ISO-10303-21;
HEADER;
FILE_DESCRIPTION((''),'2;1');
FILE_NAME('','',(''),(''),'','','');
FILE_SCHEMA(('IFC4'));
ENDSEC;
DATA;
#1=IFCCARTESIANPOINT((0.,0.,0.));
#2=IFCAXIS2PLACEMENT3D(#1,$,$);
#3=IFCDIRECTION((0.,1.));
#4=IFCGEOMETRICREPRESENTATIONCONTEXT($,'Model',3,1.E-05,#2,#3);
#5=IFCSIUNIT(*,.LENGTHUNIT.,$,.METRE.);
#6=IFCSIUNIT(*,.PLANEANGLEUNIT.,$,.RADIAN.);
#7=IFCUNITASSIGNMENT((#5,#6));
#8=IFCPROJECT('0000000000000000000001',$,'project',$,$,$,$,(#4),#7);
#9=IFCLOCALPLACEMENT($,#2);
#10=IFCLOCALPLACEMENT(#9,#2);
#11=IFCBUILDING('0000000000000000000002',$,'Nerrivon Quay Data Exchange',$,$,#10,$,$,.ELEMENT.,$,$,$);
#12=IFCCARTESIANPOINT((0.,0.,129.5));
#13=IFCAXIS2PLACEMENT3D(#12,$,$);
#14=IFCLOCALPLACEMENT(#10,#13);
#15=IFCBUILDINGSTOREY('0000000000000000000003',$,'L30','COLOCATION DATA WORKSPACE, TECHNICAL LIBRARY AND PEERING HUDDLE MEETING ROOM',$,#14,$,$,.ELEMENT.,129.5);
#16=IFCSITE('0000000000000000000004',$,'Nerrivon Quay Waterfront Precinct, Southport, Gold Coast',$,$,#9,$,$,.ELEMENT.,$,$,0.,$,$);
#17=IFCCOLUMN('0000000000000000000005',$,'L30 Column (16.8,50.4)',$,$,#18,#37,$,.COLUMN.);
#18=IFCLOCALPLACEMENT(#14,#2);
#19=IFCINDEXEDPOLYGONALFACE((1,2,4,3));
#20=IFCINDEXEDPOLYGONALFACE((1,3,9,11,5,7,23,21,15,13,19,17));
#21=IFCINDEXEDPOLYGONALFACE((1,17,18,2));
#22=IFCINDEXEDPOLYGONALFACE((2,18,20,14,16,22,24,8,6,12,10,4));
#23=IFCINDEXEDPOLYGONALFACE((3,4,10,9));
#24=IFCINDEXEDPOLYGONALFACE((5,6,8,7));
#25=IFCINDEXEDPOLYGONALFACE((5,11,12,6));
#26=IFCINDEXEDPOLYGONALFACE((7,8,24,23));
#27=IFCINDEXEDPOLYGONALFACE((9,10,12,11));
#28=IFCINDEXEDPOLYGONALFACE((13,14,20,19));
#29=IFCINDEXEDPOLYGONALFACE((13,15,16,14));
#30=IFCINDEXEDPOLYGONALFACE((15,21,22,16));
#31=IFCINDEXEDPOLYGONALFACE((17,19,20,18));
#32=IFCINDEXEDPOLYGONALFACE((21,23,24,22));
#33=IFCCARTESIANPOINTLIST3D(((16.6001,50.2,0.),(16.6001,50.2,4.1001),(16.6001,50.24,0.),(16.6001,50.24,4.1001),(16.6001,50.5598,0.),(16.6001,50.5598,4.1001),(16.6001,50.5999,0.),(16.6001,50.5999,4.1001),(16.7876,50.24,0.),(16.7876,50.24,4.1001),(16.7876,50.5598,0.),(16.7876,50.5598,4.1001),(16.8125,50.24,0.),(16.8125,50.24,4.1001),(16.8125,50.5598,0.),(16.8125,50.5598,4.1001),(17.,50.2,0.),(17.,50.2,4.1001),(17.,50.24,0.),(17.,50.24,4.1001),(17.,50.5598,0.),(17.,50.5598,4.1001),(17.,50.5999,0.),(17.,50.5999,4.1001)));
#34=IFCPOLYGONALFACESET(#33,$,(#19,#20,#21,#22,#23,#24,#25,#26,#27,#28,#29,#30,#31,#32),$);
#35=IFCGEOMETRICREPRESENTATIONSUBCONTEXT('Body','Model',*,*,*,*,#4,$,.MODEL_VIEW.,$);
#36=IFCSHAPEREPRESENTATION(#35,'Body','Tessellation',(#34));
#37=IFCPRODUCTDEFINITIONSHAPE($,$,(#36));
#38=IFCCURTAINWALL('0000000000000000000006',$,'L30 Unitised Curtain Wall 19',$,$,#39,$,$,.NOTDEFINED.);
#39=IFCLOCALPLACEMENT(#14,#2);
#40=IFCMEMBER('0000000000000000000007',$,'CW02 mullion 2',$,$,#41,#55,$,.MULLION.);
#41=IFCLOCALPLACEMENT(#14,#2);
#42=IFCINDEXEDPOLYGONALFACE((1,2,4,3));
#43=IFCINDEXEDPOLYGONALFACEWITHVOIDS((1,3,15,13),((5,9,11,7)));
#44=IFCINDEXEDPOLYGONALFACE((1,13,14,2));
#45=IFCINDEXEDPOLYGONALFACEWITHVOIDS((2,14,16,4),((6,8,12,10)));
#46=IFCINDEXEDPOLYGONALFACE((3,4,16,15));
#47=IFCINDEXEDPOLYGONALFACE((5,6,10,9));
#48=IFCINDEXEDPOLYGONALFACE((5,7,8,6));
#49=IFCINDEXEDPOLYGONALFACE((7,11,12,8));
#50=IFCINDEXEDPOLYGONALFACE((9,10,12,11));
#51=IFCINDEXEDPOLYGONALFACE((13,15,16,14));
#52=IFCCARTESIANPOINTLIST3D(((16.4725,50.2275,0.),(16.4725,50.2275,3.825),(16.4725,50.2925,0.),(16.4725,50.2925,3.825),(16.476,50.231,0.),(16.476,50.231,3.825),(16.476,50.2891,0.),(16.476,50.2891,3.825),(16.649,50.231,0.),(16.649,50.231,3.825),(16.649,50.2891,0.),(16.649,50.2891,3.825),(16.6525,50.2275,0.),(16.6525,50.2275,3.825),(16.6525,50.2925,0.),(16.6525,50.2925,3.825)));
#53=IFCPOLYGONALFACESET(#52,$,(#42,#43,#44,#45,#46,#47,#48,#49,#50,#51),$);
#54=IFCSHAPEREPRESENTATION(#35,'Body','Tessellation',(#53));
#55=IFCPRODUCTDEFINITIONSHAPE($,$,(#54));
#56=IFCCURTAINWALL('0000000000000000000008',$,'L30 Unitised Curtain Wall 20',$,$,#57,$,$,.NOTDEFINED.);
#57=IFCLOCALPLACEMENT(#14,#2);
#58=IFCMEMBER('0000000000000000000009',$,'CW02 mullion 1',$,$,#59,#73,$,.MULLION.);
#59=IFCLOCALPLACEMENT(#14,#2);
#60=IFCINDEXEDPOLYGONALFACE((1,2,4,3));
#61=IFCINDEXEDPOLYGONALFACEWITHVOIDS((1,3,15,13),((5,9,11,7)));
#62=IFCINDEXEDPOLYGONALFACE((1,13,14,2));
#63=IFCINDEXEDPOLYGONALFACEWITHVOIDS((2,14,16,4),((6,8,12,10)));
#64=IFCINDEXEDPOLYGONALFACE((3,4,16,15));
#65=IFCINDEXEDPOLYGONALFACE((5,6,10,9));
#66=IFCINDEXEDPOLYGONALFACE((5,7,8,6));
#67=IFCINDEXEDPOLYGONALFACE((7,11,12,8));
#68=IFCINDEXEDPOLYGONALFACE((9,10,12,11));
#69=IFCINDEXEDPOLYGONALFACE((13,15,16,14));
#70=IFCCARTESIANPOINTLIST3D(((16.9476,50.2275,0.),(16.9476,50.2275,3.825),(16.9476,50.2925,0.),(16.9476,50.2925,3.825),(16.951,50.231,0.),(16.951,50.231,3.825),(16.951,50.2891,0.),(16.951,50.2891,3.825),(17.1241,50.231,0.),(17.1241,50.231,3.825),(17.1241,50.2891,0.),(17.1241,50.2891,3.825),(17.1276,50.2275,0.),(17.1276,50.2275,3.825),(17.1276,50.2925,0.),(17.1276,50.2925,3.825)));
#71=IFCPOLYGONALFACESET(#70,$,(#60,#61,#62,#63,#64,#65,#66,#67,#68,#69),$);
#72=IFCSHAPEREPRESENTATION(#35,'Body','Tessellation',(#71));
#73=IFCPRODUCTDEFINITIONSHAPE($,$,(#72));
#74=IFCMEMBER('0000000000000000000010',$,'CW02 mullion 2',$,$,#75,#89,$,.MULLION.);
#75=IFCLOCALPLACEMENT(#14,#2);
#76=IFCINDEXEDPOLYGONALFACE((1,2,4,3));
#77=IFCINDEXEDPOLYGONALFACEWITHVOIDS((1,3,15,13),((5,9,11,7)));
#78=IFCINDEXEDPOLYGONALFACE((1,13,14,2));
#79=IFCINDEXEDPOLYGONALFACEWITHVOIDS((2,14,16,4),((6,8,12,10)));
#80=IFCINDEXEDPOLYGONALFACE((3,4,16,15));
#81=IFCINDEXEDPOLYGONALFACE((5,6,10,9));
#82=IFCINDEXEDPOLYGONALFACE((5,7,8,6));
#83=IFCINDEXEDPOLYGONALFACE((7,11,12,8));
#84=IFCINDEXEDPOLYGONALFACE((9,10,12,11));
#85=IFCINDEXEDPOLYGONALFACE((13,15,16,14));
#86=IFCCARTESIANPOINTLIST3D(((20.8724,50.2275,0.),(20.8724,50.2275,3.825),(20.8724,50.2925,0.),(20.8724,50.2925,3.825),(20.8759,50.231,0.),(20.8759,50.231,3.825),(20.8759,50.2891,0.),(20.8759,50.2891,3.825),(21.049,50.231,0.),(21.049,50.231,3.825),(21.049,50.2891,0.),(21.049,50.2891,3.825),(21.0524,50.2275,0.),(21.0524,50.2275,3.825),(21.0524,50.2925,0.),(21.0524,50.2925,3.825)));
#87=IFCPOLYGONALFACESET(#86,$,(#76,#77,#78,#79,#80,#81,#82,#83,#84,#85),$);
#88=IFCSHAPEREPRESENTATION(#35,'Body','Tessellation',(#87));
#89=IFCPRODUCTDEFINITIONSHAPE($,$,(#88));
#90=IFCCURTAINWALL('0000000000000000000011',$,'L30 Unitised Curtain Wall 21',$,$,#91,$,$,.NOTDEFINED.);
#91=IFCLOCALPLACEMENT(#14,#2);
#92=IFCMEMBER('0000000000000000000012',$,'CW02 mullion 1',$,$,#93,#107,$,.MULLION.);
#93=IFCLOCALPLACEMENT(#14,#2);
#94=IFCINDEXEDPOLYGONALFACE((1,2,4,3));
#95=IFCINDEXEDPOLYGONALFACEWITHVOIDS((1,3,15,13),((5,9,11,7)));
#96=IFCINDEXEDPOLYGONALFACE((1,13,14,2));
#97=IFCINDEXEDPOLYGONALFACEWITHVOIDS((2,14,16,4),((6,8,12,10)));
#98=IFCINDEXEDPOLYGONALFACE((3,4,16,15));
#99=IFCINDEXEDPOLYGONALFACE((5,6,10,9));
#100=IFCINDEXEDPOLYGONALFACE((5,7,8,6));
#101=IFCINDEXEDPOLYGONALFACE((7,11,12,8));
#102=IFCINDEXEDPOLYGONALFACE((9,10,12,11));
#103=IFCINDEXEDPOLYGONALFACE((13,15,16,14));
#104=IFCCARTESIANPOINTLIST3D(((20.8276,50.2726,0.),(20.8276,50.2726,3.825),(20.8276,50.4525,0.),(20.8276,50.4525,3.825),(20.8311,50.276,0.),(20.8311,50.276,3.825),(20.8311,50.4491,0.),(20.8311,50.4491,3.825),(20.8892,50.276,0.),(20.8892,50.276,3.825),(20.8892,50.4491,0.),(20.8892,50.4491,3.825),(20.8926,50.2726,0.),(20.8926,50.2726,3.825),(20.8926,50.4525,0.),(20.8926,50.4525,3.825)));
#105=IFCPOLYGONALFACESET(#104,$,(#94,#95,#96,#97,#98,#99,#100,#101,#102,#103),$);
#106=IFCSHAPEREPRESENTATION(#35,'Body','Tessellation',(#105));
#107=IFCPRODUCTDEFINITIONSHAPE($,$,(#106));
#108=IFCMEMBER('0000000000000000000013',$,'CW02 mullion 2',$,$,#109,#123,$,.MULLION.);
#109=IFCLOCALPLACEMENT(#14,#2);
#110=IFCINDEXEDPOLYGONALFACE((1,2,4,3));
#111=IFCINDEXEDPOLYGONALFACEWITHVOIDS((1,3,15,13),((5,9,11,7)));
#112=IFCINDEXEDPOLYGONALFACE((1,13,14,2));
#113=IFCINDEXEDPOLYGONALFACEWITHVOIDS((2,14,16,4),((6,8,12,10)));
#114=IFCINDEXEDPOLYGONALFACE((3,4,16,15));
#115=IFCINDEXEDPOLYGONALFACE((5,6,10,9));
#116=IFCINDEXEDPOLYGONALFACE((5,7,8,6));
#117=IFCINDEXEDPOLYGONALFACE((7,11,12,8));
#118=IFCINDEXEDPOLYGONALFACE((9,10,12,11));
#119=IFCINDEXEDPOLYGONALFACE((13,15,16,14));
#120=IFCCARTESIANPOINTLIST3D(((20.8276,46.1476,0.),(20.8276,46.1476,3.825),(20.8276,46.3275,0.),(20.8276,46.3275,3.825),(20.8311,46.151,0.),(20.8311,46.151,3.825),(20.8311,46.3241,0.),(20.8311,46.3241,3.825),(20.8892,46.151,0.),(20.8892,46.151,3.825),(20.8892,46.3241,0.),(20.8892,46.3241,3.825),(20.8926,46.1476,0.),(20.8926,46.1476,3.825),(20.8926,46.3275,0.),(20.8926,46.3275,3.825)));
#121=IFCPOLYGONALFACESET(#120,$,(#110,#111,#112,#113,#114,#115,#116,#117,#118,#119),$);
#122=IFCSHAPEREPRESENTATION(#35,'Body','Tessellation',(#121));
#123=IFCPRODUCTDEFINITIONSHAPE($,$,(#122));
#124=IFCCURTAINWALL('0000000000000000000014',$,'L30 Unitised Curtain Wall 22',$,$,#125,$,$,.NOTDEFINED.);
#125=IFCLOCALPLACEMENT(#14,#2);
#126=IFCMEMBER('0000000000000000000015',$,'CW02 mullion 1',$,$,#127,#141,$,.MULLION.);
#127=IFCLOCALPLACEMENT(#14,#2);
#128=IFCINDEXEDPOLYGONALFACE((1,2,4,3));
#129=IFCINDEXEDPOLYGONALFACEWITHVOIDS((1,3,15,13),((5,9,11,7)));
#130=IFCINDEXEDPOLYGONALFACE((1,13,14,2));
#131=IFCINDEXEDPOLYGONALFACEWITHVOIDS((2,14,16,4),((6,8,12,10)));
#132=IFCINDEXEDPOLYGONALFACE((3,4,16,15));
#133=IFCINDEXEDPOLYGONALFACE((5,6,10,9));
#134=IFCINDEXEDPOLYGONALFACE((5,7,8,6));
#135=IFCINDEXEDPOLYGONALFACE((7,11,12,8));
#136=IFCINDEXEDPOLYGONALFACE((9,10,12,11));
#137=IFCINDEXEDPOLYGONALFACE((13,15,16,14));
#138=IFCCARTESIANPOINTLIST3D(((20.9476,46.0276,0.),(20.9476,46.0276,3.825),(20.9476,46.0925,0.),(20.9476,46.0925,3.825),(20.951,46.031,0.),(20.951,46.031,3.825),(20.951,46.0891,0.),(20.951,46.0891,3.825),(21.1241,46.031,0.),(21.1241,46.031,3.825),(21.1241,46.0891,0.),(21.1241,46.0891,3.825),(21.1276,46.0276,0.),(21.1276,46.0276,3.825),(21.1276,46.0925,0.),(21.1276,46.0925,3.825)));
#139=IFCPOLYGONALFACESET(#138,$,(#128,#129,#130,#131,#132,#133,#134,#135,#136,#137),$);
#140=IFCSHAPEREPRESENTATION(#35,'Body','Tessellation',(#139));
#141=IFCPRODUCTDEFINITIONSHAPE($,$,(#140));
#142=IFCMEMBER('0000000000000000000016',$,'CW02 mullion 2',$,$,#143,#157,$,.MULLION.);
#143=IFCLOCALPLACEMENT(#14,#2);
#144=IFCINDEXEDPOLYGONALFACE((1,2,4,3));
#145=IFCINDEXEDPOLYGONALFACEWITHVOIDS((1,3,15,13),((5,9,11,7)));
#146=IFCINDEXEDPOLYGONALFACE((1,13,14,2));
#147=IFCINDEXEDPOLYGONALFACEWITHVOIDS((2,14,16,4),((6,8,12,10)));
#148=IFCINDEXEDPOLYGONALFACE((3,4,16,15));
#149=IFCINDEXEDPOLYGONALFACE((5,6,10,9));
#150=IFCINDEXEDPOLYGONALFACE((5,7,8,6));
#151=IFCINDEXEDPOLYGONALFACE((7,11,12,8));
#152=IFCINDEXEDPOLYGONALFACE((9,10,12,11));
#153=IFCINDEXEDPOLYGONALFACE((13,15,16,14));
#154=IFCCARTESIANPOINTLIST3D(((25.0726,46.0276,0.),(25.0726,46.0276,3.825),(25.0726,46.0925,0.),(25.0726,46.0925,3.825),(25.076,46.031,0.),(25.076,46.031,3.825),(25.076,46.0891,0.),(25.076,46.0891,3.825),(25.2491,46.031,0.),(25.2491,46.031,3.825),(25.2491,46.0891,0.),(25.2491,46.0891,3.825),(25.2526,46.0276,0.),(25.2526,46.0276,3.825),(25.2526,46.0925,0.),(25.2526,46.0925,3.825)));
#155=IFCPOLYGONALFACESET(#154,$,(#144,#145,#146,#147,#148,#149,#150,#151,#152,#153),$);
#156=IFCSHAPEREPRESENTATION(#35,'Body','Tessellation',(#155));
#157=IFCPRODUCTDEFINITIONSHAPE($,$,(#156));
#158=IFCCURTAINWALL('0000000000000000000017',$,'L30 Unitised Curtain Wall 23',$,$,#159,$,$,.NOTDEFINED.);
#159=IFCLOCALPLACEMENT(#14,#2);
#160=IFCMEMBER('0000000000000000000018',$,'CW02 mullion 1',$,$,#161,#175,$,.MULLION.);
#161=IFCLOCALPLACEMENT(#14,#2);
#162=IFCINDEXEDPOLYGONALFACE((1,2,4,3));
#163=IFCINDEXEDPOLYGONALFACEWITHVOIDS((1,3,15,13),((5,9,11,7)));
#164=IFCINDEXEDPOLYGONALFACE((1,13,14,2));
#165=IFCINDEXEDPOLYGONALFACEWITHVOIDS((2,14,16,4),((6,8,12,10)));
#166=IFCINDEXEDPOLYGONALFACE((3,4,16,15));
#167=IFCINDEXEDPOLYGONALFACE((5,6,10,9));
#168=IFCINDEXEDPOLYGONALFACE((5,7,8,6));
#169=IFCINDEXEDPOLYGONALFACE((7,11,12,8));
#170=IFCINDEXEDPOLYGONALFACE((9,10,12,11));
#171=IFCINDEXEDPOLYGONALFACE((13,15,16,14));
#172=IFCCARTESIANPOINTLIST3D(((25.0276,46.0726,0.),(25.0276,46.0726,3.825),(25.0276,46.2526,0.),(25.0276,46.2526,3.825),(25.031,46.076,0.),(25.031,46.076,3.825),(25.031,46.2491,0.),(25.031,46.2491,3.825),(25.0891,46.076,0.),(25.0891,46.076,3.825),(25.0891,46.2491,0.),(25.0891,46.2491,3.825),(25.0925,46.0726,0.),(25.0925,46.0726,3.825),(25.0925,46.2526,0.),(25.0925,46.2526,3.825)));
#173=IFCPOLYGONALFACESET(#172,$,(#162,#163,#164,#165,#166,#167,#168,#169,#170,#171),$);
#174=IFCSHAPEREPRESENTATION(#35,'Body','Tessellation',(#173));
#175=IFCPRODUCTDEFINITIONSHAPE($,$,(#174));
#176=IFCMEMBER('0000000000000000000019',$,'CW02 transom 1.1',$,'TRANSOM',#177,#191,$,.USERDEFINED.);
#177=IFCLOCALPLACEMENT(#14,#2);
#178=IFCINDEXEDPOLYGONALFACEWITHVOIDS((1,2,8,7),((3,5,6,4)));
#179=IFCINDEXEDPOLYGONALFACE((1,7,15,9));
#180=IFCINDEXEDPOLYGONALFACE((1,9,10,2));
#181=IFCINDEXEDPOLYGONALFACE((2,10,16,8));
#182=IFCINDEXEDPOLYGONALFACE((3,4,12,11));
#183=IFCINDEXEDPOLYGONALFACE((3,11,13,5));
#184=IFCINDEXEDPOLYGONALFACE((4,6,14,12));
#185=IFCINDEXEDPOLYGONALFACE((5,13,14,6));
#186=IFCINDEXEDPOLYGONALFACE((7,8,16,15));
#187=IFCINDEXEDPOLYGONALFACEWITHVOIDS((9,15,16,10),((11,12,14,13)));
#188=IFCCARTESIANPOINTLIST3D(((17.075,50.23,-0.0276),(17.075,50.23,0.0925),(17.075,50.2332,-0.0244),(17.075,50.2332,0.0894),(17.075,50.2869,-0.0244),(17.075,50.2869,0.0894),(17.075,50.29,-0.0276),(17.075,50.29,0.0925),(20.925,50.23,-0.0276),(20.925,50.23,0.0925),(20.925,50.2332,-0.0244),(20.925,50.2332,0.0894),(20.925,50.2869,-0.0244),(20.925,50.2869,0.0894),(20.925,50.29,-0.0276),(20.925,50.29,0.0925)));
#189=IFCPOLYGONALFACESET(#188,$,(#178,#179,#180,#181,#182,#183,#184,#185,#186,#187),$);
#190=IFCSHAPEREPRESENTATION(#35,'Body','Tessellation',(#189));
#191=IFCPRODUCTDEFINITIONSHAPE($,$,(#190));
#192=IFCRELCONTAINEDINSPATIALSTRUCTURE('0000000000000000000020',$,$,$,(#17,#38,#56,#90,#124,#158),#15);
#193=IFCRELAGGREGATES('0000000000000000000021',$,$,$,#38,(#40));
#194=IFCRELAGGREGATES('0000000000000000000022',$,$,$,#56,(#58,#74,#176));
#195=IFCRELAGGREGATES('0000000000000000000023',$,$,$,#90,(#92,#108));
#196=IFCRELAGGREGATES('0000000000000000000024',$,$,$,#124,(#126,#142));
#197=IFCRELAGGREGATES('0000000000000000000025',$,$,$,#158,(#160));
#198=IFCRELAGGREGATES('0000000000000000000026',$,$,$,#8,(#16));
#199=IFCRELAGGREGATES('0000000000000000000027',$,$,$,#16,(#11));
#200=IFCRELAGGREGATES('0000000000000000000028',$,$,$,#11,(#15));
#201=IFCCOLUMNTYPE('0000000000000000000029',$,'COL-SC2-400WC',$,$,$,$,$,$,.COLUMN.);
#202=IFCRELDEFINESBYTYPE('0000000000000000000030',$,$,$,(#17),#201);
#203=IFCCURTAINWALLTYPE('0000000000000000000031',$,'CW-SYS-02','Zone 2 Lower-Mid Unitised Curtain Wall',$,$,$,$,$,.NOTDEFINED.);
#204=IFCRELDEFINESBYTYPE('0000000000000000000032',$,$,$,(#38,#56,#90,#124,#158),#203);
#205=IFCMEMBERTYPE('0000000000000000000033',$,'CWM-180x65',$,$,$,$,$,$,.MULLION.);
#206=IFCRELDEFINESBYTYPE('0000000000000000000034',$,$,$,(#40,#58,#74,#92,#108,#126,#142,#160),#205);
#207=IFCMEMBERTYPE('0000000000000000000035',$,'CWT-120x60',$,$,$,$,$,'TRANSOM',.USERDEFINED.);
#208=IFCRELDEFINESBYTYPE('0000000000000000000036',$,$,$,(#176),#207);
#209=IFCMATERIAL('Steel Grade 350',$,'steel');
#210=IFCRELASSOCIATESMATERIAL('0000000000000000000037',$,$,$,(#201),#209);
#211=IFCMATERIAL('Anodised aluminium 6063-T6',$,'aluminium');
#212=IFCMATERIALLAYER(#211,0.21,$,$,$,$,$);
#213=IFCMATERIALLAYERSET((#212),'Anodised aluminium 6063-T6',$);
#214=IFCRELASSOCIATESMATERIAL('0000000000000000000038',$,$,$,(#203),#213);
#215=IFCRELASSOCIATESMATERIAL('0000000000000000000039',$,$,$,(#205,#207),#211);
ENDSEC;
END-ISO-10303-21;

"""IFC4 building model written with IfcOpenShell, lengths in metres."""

from ifc_helpers import new_model, si_unit, direction, frame, origin, origin_2d, place, context, subcontext, project, spatial, hollow_rectangle, i_section, extrude, material, layer, layer_set, material_profile, profile_set, type_object, element, aggregate, save


model = new_model("IFC4")

# Units and contexts
model_context = context("Model", 3, precision=1e-05, world=origin(), true_north=direction((0.0, 1.0)))
body_context = subcontext(model_context, "Body", "Model", "MODEL_VIEW")
ifc_project = project(units=[si_unit("LENGTHUNIT", "METRE"), si_unit("PLANEANGLEUNIT", "RADIAN")], contexts=[model_context])

# Site, building, storey
site_placement = place(None, origin())
site = spatial("IfcSite", under=ifc_project, at=site_placement, Name="Nerrivon Quay Waterfront Precinct, Southport, Gold Coast", CompositionType="ELEMENT", RefElevation=0.0)
building_placement = place(site_placement, origin())
building = spatial("IfcBuilding", under=site, at=building_placement, Name="Nerrivon Quay Data Exchange", CompositionType="ELEMENT")
storey_placement = place(building_placement, frame((0.0, 0.0, 129.5)))
storey = spatial("IfcBuildingStorey", under=building, at=storey_placement, Name="L30", Description="COLOCATION DATA WORKSPACE, TECHNICAL LIBRARY AND PEERING HUDDLE MEETING ROOM", CompositionType="ELEMENT", Elevation=129.5)

# Column
ifc_material_1 = material(Name="Steel Grade 350", Category="steel")
ifc_material_profile_1 = material_profile(ifc_material_1, i_section(OverallWidth=0.3999, OverallDepth=0.3999, WebThickness=0.0249, FlangeThickness=0.04, at=origin_2d()), Name="400WC328")
ifc_profile_set_1 = profile_set([ifc_material_profile_1], Name="Steel Grade 350")
column_type = type_object("IfcColumnType", Name="COL-SC2-400WC", PredefinedType="COLUMN", material=ifc_profile_set_1)
column_placement = place(storey_placement, frame((16.8, 50.3999, 0.0), z_axis=(0.0, 0.0, 1.0), x_axis=(1.0, 0.0, 0.0)))
element("IfcColumn", 1, at=column_placement, inside=storey, type_object=column_type, Name="L30 Column (16.8,50.4)", PredefinedType="COLUMN", context=body_context, shape_type="SweptSolid", body=[
    extrude(i_section(OverallWidth=0.3999, OverallDepth=0.3999, WebThickness=0.0249, FlangeThickness=0.04, at=origin_2d()), origin(), (0.0, 0.0, 1.0), 4.1001),
])

# Curtain wall, member
ifc_material_2 = material(Name="Anodised aluminium 6063-T6", Category="aluminium")
ifc_layer_1 = layer(ifc_material_2, 0.21)
ifc_layer_set_1 = layer_set([ifc_layer_1], Name="Anodised aluminium 6063-T6")
curtain_wall_type = type_object("IfcCurtainWallType", Name="CW-SYS-02", Description="Zone 2 Lower-Mid Unitised Curtain Wall", PredefinedType="NOTDEFINED", material=ifc_layer_set_1)
curtain_wall_1_placement = place(storey_placement, origin())
curtain_wall_1 = element("IfcCurtainWall", 2, at=curtain_wall_1_placement, inside=storey, type_object=curtain_wall_type, Name="L30 Unitised Curtain Wall 19", PredefinedType="NOTDEFINED")
ifc_material_profile_2 = material_profile(ifc_material_2, hollow_rectangle(XDim=0.0649, YDim=0.1799, WallThickness=0.0034, at=origin_2d()), Name="ALU-MULL-180x65")
ifc_profile_set_2 = profile_set([ifc_material_profile_2], Name="Anodised aluminium 6063-T6")
member_type_1 = type_object("IfcMemberType", Name="CWM-180x65", PredefinedType="MULLION", material=ifc_profile_set_2)
member_1_placement = place(storey_placement, frame((16.5625, 50.26, 0.0), z_axis=(0.0, 0.0, 1.0), x_axis=(0.0, 1.0, 0.0)))
member_1 = element("IfcMember", 3, at=member_1_placement, type_object=member_type_1, Name="CW02 mullion 2", PredefinedType="MULLION", context=body_context, shape_type="SweptSolid", body=[
    extrude(hollow_rectangle(XDim=0.0649, YDim=0.1799, WallThickness=0.0034, at=origin_2d()), origin(), (0.0, 0.0, 1.0), 3.825),
])
aggregate(curtain_wall_1, [member_1])

# Curtain walls, members
curtain_wall_2_placement = place(storey_placement, origin())
curtain_wall_2 = element("IfcCurtainWall", 4, at=curtain_wall_2_placement, inside=storey, type_object=curtain_wall_type, Name="L30 Unitised Curtain Wall 20", PredefinedType="NOTDEFINED")
member_2_placement = place(storey_placement, frame((17.0376, 50.26, 0.0), z_axis=(0.0, 0.0, 1.0), x_axis=(0.0, 1.0, 0.0)))
member_2 = element("IfcMember", 5, at=member_2_placement, type_object=member_type_1, Name="CW02 mullion 1", PredefinedType="MULLION", context=body_context, shape_type="SweptSolid", body=[
    extrude(hollow_rectangle(XDim=0.0649, YDim=0.1799, WallThickness=0.0034, at=origin_2d()), origin(), (0.0, 0.0, 1.0), 3.825),
])
member_3_placement = place(storey_placement, frame((20.9624, 50.26, 0.0), z_axis=(0.0, 0.0, 1.0), x_axis=(0.0, 1.0, 0.0)))
member_3 = element("IfcMember", 6, at=member_3_placement, type_object=member_type_1, Name="CW02 mullion 2", PredefinedType="MULLION", context=body_context, shape_type="SweptSolid", body=[
    extrude(hollow_rectangle(XDim=0.0649, YDim=0.1799, WallThickness=0.0034, at=origin_2d()), origin(), (0.0, 0.0, 1.0), 3.825),
])
curtain_wall_3_placement = place(storey_placement, origin())
curtain_wall_3 = element("IfcCurtainWall", 7, at=curtain_wall_3_placement, inside=storey, type_object=curtain_wall_type, Name="L30 Unitised Curtain Wall 21", PredefinedType="NOTDEFINED")
member_4_placement = place(storey_placement, frame((20.8601, 50.3625, 0.0), z_axis=(0.0, 0.0, 1.0), x_axis=(1.0, 0.0, 0.0)))
member_4 = element("IfcMember", 8, at=member_4_placement, type_object=member_type_1, Name="CW02 mullion 1", PredefinedType="MULLION", context=body_context, shape_type="SweptSolid", body=[
    extrude(hollow_rectangle(XDim=0.0649, YDim=0.1799, WallThickness=0.0034, at=origin_2d()), origin(), (0.0, 0.0, 1.0), 3.825),
])
member_5_placement = place(storey_placement, frame((20.8601, 46.2375, 0.0), z_axis=(0.0, 0.0, 1.0), x_axis=(1.0, 0.0, 0.0)))
member_5 = element("IfcMember", 9, at=member_5_placement, type_object=member_type_1, Name="CW02 mullion 2", PredefinedType="MULLION", context=body_context, shape_type="SweptSolid", body=[
    extrude(hollow_rectangle(XDim=0.0649, YDim=0.1799, WallThickness=0.0034, at=origin_2d()), origin(), (0.0, 0.0, 1.0), 3.825),
])
curtain_wall_4_placement = place(storey_placement, origin())
curtain_wall_4 = element("IfcCurtainWall", 10, at=curtain_wall_4_placement, inside=storey, type_object=curtain_wall_type, Name="L30 Unitised Curtain Wall 22", PredefinedType="NOTDEFINED")
member_6_placement = place(storey_placement, frame((21.0376, 46.0601, 0.0), z_axis=(0.0, 0.0, 1.0), x_axis=(0.0, 1.0, 0.0)))
member_6 = element("IfcMember", 11, at=member_6_placement, type_object=member_type_1, Name="CW02 mullion 1", PredefinedType="MULLION", context=body_context, shape_type="SweptSolid", body=[
    extrude(hollow_rectangle(XDim=0.0649, YDim=0.1799, WallThickness=0.0034, at=origin_2d()), origin(), (0.0, 0.0, 1.0), 3.825),
])
member_7_placement = place(storey_placement, frame((25.1626, 46.0601, 0.0), z_axis=(0.0, 0.0, 1.0), x_axis=(0.0, 1.0, 0.0)))
member_7 = element("IfcMember", 12, at=member_7_placement, type_object=member_type_1, Name="CW02 mullion 2", PredefinedType="MULLION", context=body_context, shape_type="SweptSolid", body=[
    extrude(hollow_rectangle(XDim=0.0649, YDim=0.1799, WallThickness=0.0034, at=origin_2d()), origin(), (0.0, 0.0, 1.0), 3.825),
])

# Curtain wall, member
curtain_wall_5_placement = place(storey_placement, origin())
curtain_wall_5 = element("IfcCurtainWall", 13, at=curtain_wall_5_placement, inside=storey, type_object=curtain_wall_type, Name="L30 Unitised Curtain Wall 23", PredefinedType="NOTDEFINED")
member_8_placement = place(storey_placement, frame((25.0601, 46.1626, 0.0), z_axis=(0.0, 0.0, 1.0), x_axis=(1.0, 0.0, 0.0)))
member_8 = element("IfcMember", 14, at=member_8_placement, type_object=member_type_1, Name="CW02 mullion 1", PredefinedType="MULLION", context=body_context, shape_type="SweptSolid", body=[
    extrude(hollow_rectangle(XDim=0.0649, YDim=0.1799, WallThickness=0.0034, at=origin_2d()), origin(), (0.0, 0.0, 1.0), 3.825),
])

# Member
ifc_material_profile_3 = material_profile(ifc_material_2, hollow_rectangle(XDim=0.0601, YDim=0.1201, WallThickness=0.0032, at=origin_2d()), Name="ALU-TRAN-120x60")
ifc_profile_set_3 = profile_set([ifc_material_profile_3], Name="Anodised aluminium 6063-T6")
member_type_2 = type_object("IfcMemberType", Name="CWT-120x60", ElementType="TRANSOM", PredefinedType="USERDEFINED", material=ifc_profile_set_3)
member_9_placement = place(storey_placement, frame((17.075, 50.26, 0.0325), z_axis=(1.0, 0.0, 0.0), x_axis=(0.0, 1.0, 0.0)))
member_9 = element("IfcMember", 15, at=member_9_placement, type_object=member_type_2, Name="CW02 transom 1.1", ObjectType="TRANSOM", PredefinedType="USERDEFINED", context=body_context, shape_type="SweptSolid", body=[
    extrude(hollow_rectangle(XDim=0.0601, YDim=0.1201, WallThickness=0.0032, at=origin_2d()), origin(), (0.0, 0.0, 1.0), 3.8501),
])

aggregate(curtain_wall_2, [member_2, member_3, member_9])
aggregate(curtain_wall_3, [member_4, member_5])
aggregate(curtain_wall_4, [member_6, member_7])
aggregate(curtain_wall_5, [member_8])

save(model, "model.ifc")
